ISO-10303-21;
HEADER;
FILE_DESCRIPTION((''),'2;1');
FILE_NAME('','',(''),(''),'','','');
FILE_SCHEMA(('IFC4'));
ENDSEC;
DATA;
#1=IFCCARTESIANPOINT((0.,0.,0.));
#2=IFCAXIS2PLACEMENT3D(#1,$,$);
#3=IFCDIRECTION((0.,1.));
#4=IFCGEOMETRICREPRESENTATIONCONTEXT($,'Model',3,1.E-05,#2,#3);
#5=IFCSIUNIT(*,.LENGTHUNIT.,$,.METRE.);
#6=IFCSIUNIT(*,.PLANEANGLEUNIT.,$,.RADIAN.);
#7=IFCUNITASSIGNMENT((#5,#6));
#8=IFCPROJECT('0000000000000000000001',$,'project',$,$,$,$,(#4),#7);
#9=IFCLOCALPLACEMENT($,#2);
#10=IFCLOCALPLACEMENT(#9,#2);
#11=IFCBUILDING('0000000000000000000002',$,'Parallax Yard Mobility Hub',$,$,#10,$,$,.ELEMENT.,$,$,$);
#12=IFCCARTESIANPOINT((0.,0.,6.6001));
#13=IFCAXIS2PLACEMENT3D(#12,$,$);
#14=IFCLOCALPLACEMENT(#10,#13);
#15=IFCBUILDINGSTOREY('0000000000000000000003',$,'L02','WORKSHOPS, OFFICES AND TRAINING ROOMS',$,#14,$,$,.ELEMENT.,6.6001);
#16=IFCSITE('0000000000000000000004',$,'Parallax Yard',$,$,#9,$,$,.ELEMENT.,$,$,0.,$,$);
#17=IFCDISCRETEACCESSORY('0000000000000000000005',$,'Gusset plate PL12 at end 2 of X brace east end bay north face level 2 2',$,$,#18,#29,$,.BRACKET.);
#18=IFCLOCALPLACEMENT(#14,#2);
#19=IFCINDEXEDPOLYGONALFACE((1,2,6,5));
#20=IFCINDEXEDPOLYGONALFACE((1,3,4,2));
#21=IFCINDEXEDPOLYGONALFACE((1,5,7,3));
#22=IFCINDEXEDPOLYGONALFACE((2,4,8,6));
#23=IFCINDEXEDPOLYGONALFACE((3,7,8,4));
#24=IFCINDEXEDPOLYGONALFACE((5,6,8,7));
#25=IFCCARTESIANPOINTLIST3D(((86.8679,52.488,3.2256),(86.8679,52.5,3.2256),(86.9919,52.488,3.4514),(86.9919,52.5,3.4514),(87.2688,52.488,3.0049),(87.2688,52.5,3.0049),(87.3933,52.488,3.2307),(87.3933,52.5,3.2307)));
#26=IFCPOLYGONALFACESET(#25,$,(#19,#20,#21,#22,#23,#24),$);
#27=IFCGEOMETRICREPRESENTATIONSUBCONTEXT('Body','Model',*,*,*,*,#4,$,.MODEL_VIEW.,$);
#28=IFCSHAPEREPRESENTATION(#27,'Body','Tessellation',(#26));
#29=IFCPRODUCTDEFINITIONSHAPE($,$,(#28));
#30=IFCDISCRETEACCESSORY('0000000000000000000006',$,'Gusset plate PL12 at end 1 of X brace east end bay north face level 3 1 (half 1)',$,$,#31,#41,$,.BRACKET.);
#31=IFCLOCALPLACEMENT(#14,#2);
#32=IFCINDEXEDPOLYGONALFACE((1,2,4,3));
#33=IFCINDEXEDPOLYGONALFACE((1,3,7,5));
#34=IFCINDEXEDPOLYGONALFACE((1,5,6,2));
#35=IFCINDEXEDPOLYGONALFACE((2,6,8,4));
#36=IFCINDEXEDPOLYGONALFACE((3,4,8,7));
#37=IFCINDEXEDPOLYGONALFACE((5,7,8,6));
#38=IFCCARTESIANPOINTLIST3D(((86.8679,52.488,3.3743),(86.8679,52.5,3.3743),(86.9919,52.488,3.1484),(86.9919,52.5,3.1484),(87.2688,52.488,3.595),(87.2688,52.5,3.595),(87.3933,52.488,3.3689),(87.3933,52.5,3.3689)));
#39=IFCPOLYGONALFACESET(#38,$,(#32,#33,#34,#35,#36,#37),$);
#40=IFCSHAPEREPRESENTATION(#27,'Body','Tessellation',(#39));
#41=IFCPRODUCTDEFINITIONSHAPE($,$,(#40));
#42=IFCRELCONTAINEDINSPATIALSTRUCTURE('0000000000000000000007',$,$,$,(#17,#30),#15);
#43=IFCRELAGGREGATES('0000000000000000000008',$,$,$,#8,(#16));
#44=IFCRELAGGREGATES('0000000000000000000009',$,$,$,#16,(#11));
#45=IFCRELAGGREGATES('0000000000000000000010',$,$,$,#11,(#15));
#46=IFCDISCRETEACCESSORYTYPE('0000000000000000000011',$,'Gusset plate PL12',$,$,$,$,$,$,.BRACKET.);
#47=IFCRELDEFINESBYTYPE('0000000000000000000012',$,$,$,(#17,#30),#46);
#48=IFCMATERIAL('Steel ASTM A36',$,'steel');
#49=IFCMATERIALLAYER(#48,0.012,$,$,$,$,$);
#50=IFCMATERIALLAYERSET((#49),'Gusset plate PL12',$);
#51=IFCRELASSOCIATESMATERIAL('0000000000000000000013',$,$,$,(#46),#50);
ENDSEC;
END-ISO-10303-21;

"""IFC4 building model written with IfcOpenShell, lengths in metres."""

from ifc_helpers import new_model, si_unit, direction, frame, origin, place, context, subcontext, project, spatial, polyline, outline, extrude, material, layer, layer_set, type_object, element, save


model = new_model("IFC4")

# Units and contexts
model_context = context("Model", 3, precision=1e-05, world=origin(), true_north=direction((0.0, 1.0)))
body_context = subcontext(model_context, "Body", "Model", "MODEL_VIEW")
ifc_project = project(units=[si_unit("LENGTHUNIT", "METRE"), si_unit("PLANEANGLEUNIT", "RADIAN")], contexts=[model_context])

# Site, building, storey
site_placement = place(None, origin())
site = spatial("IfcSite", under=ifc_project, at=site_placement, Name="Parallax Yard", CompositionType="ELEMENT", RefElevation=0.0)
building_placement = place(site_placement, origin())
building = spatial("IfcBuilding", under=site, at=building_placement, Name="Parallax Yard Mobility Hub", CompositionType="ELEMENT")
storey_placement = place(building_placement, frame((0.0, 0.0, 6.6001)))
storey = spatial("IfcBuildingStorey", under=building, at=storey_placement, Name="L02", Description="WORKSHOPS, OFFICES AND TRAINING ROOMS", CompositionType="ELEMENT", Elevation=6.6001)

# Discrete accessories
ifc_material_1 = material(Name="Steel ASTM A36", Category="steel")
ifc_layer_1 = layer(ifc_material_1, 0.012)
ifc_layer_set_1 = layer_set([ifc_layer_1], Name="Gusset plate PL12")
discrete_accessory_type = type_object("IfcDiscreteAccessoryType", Name="Gusset plate PL12", PredefinedType="BRACKET", material=ifc_layer_set_1)
discrete_accessory_1_placement = place(storey_placement, frame((87.2688, 52.5, 3.0049), z_axis=(0.0, 1.0, 0.0), x_axis=(-0.876013, 0.0, 0.482287)))
element("IfcDiscreteAccessory", 1, at=discrete_accessory_1_placement, inside=storey, type_object=discrete_accessory_type, Name="Gusset plate PL12 at end 2 of X brace east end bay north face level 2 2", PredefinedType="BRACKET", context=body_context, shape_type="SweptSolid", body=[
    extrude(outline(polyline([(0.0, 0.0), (0.4576, 0.0), (0.4579, 0.2576), (-0.0002, 0.2579), (0.0, 0.0)])), origin(), (0.0, 0.0, -1.0), 0.012),
])
discrete_accessory_2_placement = place(storey_placement, frame((87.3933, 52.5, 3.3689), z_axis=(0.0, 1.0, 0.0), x_axis=(-0.876486, 0.0, -0.481427)))
element("IfcDiscreteAccessory", 2, at=discrete_accessory_2_placement, inside=storey, type_object=discrete_accessory_type, Name="Gusset plate PL12 at end 1 of X brace east end bay north face level 3 1 (half 1)", PredefinedType="BRACKET", context=body_context, shape_type="SweptSolid", body=[
    extrude(outline(polyline([(0.0, 0.0), (0.4579, 0.0), (0.4579, 0.2576), (0.0003, 0.2581), (0.0, 0.0)])), origin(), (0.0, 0.0, -1.0), 0.012),
])

save(model, "model.ifc")
